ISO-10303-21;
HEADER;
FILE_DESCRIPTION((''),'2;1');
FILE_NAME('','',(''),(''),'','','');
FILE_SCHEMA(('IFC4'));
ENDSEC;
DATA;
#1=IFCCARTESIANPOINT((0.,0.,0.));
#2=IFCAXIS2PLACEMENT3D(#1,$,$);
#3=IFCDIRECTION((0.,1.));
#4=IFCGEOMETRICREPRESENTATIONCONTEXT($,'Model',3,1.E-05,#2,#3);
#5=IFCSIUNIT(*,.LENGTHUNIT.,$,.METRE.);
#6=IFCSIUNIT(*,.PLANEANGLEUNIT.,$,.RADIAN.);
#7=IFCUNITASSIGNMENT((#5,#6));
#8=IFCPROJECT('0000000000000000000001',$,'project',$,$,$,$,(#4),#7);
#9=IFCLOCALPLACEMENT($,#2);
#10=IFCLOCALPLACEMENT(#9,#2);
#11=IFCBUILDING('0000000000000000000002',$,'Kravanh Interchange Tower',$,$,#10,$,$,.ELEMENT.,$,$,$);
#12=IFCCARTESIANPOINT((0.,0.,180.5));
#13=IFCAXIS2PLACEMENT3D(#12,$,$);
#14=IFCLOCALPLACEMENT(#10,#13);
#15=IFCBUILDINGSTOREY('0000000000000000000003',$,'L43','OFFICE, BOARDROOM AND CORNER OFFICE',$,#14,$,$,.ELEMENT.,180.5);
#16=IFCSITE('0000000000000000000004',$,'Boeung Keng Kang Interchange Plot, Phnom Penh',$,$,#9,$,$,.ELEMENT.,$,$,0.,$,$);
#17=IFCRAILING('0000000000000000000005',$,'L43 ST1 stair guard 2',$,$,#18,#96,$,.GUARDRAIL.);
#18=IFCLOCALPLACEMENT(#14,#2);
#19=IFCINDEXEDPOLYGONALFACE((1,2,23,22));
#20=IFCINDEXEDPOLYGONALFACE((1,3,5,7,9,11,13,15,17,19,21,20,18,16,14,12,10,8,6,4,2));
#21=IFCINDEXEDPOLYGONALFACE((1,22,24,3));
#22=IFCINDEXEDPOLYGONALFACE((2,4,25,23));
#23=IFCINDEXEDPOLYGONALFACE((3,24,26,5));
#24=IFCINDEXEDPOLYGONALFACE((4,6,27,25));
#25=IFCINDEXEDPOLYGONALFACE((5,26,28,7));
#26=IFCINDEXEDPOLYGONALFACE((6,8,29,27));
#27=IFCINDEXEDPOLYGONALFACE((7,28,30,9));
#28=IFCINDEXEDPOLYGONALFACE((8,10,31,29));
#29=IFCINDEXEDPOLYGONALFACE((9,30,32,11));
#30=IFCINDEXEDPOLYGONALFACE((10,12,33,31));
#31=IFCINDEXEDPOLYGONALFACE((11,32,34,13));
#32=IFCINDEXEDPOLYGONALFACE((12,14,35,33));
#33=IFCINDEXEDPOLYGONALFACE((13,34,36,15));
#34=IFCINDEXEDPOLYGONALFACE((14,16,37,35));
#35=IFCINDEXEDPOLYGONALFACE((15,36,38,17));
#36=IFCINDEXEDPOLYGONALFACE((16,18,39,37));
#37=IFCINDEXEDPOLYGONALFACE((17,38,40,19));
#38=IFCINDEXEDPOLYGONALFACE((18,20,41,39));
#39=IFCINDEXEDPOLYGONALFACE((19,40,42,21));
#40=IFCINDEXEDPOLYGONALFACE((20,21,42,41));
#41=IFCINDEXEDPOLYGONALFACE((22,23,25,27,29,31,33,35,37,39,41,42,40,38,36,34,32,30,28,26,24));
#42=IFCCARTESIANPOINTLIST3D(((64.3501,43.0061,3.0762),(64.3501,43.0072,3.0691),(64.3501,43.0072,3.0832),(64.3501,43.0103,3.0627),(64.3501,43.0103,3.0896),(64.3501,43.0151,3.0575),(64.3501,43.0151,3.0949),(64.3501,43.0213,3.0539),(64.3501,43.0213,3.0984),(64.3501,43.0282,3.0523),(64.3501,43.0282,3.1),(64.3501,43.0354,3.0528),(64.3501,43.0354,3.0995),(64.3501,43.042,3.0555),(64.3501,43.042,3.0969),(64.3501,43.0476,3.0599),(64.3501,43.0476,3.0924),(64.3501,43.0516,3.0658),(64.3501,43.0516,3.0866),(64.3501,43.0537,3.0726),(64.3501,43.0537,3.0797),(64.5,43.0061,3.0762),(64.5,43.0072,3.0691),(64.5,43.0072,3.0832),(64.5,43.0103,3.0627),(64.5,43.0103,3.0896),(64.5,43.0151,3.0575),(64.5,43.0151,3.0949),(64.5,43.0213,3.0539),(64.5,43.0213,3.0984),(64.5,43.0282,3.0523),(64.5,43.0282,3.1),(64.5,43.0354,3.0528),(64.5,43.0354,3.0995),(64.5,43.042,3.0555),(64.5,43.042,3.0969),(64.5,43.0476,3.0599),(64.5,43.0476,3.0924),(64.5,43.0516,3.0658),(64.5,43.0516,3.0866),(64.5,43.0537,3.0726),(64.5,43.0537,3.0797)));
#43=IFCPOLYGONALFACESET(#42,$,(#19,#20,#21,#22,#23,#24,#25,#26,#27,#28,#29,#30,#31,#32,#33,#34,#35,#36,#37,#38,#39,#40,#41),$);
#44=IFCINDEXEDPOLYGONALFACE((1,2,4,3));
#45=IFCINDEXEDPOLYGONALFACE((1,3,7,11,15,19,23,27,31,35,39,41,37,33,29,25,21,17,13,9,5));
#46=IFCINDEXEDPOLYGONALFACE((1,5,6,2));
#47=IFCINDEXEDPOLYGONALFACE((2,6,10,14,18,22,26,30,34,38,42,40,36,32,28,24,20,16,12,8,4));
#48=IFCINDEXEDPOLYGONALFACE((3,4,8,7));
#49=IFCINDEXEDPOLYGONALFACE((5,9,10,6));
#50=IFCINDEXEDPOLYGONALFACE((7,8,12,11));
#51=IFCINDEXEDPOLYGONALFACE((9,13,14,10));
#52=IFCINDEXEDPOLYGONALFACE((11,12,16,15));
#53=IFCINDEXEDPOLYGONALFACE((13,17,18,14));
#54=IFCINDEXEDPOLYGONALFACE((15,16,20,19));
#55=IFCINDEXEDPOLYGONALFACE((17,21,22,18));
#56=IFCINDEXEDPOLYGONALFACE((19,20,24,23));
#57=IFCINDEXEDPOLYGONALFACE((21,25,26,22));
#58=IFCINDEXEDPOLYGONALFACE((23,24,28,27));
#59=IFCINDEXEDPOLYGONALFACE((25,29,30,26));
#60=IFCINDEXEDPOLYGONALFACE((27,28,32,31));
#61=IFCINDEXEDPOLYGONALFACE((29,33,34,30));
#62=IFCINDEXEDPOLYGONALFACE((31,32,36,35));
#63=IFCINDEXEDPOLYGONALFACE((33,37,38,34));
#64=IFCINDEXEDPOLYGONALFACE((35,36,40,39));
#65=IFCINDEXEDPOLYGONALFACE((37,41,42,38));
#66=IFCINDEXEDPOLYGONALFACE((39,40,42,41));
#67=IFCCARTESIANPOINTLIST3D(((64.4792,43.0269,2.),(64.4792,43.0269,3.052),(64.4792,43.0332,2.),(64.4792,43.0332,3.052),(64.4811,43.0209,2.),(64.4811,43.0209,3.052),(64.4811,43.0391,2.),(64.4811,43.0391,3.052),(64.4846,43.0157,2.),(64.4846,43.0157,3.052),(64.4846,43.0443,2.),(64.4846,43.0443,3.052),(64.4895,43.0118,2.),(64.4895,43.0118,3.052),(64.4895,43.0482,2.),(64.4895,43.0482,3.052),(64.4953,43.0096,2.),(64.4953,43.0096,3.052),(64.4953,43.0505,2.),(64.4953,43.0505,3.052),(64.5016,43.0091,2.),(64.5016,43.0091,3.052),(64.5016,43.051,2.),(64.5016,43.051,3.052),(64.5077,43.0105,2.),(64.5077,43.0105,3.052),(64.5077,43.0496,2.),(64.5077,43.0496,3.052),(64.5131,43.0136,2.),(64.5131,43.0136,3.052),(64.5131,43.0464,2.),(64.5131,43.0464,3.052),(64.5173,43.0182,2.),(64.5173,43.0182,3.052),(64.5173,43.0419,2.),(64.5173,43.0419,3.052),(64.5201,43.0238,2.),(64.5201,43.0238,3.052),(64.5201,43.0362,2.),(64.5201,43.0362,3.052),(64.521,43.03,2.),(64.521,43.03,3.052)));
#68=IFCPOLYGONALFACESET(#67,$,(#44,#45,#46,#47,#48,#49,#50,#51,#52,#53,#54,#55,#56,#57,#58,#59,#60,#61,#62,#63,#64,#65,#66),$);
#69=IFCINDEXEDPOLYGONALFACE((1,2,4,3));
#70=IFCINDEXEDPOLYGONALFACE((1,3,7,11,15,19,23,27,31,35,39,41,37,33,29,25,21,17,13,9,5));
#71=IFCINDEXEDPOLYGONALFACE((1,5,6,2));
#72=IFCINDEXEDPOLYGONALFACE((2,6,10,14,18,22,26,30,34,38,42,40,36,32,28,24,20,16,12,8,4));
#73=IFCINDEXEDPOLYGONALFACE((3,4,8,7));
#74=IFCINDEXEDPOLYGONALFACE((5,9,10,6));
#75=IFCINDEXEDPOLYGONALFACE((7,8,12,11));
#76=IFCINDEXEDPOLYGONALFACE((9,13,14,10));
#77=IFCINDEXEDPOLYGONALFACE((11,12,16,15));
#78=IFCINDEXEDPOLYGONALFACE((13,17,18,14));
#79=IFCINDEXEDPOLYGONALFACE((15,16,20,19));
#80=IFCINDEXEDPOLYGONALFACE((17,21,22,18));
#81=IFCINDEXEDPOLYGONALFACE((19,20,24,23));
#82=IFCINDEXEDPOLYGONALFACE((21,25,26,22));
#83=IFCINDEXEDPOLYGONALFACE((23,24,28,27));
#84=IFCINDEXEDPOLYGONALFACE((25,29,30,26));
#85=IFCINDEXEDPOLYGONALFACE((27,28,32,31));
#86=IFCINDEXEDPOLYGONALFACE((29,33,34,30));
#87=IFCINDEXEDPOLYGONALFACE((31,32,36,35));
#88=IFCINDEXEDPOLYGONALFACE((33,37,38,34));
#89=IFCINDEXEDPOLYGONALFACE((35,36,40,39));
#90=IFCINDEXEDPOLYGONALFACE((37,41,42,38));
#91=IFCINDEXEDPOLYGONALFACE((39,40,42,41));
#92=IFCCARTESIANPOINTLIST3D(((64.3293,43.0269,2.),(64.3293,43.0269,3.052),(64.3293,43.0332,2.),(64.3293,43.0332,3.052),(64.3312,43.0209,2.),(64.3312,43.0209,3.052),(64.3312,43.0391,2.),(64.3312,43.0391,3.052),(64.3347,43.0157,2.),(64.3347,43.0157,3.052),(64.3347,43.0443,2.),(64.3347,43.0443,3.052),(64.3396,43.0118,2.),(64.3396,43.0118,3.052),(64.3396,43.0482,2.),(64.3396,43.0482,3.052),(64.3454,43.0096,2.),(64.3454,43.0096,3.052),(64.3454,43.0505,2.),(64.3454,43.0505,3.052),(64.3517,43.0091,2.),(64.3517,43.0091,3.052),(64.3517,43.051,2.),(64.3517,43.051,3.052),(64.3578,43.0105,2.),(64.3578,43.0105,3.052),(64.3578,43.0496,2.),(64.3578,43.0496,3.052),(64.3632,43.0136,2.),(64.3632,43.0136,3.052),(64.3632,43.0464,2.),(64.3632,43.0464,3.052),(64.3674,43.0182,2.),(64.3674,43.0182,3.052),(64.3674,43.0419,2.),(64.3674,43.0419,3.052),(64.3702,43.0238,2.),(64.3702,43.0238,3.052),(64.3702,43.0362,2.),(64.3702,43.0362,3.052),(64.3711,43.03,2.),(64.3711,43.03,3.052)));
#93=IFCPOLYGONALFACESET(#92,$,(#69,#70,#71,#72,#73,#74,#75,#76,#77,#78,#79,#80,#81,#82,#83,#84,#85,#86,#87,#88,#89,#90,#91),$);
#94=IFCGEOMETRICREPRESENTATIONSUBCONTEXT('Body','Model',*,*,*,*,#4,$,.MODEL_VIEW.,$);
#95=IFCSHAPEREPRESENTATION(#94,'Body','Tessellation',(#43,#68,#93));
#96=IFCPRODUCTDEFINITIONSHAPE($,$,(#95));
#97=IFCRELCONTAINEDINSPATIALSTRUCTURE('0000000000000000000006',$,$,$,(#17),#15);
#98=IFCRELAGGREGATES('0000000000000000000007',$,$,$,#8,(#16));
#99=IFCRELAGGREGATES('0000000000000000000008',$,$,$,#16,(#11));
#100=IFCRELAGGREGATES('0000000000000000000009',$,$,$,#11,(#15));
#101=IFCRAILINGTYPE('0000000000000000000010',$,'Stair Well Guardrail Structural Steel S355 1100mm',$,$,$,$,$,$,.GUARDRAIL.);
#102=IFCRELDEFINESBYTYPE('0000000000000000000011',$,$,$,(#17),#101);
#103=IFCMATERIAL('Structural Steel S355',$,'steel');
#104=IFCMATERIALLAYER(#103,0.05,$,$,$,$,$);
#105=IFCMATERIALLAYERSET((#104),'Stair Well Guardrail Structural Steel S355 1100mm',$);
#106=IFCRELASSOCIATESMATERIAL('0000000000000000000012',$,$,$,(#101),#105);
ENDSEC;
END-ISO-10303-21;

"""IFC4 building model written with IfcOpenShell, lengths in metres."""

from ifc_helpers import new_model, si_unit, direction, frame, origin, origin_2d, place, context, subcontext, project, spatial, circle, extrude, material, layer, layer_set, type_object, element, save


model = new_model("IFC4")

# Units and contexts
model_context = context("Model", 3, precision=1e-05, world=origin(), true_north=direction((0.0, 1.0)))
body_context = subcontext(model_context, "Body", "Model", "MODEL_VIEW")
ifc_project = project(units=[si_unit("LENGTHUNIT", "METRE"), si_unit("PLANEANGLEUNIT", "RADIAN")], contexts=[model_context])

# Site, building, storey
site_placement = place(None, origin())
site = spatial("IfcSite", under=ifc_project, at=site_placement, Name="Boeung Keng Kang Interchange Plot, Phnom Penh", CompositionType="ELEMENT", RefElevation=0.0)
building_placement = place(site_placement, origin())
building = spatial("IfcBuilding", under=site, at=building_placement, Name="Kravanh Interchange Tower", CompositionType="ELEMENT")
storey_placement = place(building_placement, frame((0.0, 0.0, 180.5)))
storey = spatial("IfcBuildingStorey", under=building, at=storey_placement, Name="L43", Description="OFFICE, BOARDROOM AND CORNER OFFICE", CompositionType="ELEMENT", Elevation=180.5)

# Railing
ifc_material_1 = material(Name="Structural Steel S355", Category="steel")
ifc_layer_1 = layer(ifc_material_1, 0.05)
ifc_layer_set_1 = layer_set([ifc_layer_1], Name="Stair Well Guardrail Structural Steel S355 1100mm")
railing_type_1 = type_object("IfcRailingType", Name="Stair Well Guardrail Structural Steel S355 1100mm", PredefinedType="GUARDRAIL", material=ifc_layer_set_1)
railing_1_placement = place(storey_placement, frame((64.5, 43.03, 2.0)))
element("IfcRailing", 1, at=railing_1_placement, inside=storey, type_object=railing_type_1, Name="L43 ST1 stair guard 2", PredefinedType="GUARDRAIL", context=body_context, shape_type="SweptSolid", body=[
    extrude(circle(Radius=0.0239, at=origin_2d()), frame((0.0, 0.0, 1.0762), z_axis=(-1.0, 0.0, 0.0), x_axis=(0.0, -1.0, 0.0)), (0.0, 0.0, 1.0), 0.1499),
    extrude(circle(Radius=0.021, at=origin_2d()), origin(), (0.0, 0.0, 1.0), 1.052),
    extrude(circle(Radius=0.021, at=origin_2d()), frame((-0.1499, 0.0, 0.0)), (0.0, 0.0, 1.0), 1.052),
])

save(model, "model.ifc")
